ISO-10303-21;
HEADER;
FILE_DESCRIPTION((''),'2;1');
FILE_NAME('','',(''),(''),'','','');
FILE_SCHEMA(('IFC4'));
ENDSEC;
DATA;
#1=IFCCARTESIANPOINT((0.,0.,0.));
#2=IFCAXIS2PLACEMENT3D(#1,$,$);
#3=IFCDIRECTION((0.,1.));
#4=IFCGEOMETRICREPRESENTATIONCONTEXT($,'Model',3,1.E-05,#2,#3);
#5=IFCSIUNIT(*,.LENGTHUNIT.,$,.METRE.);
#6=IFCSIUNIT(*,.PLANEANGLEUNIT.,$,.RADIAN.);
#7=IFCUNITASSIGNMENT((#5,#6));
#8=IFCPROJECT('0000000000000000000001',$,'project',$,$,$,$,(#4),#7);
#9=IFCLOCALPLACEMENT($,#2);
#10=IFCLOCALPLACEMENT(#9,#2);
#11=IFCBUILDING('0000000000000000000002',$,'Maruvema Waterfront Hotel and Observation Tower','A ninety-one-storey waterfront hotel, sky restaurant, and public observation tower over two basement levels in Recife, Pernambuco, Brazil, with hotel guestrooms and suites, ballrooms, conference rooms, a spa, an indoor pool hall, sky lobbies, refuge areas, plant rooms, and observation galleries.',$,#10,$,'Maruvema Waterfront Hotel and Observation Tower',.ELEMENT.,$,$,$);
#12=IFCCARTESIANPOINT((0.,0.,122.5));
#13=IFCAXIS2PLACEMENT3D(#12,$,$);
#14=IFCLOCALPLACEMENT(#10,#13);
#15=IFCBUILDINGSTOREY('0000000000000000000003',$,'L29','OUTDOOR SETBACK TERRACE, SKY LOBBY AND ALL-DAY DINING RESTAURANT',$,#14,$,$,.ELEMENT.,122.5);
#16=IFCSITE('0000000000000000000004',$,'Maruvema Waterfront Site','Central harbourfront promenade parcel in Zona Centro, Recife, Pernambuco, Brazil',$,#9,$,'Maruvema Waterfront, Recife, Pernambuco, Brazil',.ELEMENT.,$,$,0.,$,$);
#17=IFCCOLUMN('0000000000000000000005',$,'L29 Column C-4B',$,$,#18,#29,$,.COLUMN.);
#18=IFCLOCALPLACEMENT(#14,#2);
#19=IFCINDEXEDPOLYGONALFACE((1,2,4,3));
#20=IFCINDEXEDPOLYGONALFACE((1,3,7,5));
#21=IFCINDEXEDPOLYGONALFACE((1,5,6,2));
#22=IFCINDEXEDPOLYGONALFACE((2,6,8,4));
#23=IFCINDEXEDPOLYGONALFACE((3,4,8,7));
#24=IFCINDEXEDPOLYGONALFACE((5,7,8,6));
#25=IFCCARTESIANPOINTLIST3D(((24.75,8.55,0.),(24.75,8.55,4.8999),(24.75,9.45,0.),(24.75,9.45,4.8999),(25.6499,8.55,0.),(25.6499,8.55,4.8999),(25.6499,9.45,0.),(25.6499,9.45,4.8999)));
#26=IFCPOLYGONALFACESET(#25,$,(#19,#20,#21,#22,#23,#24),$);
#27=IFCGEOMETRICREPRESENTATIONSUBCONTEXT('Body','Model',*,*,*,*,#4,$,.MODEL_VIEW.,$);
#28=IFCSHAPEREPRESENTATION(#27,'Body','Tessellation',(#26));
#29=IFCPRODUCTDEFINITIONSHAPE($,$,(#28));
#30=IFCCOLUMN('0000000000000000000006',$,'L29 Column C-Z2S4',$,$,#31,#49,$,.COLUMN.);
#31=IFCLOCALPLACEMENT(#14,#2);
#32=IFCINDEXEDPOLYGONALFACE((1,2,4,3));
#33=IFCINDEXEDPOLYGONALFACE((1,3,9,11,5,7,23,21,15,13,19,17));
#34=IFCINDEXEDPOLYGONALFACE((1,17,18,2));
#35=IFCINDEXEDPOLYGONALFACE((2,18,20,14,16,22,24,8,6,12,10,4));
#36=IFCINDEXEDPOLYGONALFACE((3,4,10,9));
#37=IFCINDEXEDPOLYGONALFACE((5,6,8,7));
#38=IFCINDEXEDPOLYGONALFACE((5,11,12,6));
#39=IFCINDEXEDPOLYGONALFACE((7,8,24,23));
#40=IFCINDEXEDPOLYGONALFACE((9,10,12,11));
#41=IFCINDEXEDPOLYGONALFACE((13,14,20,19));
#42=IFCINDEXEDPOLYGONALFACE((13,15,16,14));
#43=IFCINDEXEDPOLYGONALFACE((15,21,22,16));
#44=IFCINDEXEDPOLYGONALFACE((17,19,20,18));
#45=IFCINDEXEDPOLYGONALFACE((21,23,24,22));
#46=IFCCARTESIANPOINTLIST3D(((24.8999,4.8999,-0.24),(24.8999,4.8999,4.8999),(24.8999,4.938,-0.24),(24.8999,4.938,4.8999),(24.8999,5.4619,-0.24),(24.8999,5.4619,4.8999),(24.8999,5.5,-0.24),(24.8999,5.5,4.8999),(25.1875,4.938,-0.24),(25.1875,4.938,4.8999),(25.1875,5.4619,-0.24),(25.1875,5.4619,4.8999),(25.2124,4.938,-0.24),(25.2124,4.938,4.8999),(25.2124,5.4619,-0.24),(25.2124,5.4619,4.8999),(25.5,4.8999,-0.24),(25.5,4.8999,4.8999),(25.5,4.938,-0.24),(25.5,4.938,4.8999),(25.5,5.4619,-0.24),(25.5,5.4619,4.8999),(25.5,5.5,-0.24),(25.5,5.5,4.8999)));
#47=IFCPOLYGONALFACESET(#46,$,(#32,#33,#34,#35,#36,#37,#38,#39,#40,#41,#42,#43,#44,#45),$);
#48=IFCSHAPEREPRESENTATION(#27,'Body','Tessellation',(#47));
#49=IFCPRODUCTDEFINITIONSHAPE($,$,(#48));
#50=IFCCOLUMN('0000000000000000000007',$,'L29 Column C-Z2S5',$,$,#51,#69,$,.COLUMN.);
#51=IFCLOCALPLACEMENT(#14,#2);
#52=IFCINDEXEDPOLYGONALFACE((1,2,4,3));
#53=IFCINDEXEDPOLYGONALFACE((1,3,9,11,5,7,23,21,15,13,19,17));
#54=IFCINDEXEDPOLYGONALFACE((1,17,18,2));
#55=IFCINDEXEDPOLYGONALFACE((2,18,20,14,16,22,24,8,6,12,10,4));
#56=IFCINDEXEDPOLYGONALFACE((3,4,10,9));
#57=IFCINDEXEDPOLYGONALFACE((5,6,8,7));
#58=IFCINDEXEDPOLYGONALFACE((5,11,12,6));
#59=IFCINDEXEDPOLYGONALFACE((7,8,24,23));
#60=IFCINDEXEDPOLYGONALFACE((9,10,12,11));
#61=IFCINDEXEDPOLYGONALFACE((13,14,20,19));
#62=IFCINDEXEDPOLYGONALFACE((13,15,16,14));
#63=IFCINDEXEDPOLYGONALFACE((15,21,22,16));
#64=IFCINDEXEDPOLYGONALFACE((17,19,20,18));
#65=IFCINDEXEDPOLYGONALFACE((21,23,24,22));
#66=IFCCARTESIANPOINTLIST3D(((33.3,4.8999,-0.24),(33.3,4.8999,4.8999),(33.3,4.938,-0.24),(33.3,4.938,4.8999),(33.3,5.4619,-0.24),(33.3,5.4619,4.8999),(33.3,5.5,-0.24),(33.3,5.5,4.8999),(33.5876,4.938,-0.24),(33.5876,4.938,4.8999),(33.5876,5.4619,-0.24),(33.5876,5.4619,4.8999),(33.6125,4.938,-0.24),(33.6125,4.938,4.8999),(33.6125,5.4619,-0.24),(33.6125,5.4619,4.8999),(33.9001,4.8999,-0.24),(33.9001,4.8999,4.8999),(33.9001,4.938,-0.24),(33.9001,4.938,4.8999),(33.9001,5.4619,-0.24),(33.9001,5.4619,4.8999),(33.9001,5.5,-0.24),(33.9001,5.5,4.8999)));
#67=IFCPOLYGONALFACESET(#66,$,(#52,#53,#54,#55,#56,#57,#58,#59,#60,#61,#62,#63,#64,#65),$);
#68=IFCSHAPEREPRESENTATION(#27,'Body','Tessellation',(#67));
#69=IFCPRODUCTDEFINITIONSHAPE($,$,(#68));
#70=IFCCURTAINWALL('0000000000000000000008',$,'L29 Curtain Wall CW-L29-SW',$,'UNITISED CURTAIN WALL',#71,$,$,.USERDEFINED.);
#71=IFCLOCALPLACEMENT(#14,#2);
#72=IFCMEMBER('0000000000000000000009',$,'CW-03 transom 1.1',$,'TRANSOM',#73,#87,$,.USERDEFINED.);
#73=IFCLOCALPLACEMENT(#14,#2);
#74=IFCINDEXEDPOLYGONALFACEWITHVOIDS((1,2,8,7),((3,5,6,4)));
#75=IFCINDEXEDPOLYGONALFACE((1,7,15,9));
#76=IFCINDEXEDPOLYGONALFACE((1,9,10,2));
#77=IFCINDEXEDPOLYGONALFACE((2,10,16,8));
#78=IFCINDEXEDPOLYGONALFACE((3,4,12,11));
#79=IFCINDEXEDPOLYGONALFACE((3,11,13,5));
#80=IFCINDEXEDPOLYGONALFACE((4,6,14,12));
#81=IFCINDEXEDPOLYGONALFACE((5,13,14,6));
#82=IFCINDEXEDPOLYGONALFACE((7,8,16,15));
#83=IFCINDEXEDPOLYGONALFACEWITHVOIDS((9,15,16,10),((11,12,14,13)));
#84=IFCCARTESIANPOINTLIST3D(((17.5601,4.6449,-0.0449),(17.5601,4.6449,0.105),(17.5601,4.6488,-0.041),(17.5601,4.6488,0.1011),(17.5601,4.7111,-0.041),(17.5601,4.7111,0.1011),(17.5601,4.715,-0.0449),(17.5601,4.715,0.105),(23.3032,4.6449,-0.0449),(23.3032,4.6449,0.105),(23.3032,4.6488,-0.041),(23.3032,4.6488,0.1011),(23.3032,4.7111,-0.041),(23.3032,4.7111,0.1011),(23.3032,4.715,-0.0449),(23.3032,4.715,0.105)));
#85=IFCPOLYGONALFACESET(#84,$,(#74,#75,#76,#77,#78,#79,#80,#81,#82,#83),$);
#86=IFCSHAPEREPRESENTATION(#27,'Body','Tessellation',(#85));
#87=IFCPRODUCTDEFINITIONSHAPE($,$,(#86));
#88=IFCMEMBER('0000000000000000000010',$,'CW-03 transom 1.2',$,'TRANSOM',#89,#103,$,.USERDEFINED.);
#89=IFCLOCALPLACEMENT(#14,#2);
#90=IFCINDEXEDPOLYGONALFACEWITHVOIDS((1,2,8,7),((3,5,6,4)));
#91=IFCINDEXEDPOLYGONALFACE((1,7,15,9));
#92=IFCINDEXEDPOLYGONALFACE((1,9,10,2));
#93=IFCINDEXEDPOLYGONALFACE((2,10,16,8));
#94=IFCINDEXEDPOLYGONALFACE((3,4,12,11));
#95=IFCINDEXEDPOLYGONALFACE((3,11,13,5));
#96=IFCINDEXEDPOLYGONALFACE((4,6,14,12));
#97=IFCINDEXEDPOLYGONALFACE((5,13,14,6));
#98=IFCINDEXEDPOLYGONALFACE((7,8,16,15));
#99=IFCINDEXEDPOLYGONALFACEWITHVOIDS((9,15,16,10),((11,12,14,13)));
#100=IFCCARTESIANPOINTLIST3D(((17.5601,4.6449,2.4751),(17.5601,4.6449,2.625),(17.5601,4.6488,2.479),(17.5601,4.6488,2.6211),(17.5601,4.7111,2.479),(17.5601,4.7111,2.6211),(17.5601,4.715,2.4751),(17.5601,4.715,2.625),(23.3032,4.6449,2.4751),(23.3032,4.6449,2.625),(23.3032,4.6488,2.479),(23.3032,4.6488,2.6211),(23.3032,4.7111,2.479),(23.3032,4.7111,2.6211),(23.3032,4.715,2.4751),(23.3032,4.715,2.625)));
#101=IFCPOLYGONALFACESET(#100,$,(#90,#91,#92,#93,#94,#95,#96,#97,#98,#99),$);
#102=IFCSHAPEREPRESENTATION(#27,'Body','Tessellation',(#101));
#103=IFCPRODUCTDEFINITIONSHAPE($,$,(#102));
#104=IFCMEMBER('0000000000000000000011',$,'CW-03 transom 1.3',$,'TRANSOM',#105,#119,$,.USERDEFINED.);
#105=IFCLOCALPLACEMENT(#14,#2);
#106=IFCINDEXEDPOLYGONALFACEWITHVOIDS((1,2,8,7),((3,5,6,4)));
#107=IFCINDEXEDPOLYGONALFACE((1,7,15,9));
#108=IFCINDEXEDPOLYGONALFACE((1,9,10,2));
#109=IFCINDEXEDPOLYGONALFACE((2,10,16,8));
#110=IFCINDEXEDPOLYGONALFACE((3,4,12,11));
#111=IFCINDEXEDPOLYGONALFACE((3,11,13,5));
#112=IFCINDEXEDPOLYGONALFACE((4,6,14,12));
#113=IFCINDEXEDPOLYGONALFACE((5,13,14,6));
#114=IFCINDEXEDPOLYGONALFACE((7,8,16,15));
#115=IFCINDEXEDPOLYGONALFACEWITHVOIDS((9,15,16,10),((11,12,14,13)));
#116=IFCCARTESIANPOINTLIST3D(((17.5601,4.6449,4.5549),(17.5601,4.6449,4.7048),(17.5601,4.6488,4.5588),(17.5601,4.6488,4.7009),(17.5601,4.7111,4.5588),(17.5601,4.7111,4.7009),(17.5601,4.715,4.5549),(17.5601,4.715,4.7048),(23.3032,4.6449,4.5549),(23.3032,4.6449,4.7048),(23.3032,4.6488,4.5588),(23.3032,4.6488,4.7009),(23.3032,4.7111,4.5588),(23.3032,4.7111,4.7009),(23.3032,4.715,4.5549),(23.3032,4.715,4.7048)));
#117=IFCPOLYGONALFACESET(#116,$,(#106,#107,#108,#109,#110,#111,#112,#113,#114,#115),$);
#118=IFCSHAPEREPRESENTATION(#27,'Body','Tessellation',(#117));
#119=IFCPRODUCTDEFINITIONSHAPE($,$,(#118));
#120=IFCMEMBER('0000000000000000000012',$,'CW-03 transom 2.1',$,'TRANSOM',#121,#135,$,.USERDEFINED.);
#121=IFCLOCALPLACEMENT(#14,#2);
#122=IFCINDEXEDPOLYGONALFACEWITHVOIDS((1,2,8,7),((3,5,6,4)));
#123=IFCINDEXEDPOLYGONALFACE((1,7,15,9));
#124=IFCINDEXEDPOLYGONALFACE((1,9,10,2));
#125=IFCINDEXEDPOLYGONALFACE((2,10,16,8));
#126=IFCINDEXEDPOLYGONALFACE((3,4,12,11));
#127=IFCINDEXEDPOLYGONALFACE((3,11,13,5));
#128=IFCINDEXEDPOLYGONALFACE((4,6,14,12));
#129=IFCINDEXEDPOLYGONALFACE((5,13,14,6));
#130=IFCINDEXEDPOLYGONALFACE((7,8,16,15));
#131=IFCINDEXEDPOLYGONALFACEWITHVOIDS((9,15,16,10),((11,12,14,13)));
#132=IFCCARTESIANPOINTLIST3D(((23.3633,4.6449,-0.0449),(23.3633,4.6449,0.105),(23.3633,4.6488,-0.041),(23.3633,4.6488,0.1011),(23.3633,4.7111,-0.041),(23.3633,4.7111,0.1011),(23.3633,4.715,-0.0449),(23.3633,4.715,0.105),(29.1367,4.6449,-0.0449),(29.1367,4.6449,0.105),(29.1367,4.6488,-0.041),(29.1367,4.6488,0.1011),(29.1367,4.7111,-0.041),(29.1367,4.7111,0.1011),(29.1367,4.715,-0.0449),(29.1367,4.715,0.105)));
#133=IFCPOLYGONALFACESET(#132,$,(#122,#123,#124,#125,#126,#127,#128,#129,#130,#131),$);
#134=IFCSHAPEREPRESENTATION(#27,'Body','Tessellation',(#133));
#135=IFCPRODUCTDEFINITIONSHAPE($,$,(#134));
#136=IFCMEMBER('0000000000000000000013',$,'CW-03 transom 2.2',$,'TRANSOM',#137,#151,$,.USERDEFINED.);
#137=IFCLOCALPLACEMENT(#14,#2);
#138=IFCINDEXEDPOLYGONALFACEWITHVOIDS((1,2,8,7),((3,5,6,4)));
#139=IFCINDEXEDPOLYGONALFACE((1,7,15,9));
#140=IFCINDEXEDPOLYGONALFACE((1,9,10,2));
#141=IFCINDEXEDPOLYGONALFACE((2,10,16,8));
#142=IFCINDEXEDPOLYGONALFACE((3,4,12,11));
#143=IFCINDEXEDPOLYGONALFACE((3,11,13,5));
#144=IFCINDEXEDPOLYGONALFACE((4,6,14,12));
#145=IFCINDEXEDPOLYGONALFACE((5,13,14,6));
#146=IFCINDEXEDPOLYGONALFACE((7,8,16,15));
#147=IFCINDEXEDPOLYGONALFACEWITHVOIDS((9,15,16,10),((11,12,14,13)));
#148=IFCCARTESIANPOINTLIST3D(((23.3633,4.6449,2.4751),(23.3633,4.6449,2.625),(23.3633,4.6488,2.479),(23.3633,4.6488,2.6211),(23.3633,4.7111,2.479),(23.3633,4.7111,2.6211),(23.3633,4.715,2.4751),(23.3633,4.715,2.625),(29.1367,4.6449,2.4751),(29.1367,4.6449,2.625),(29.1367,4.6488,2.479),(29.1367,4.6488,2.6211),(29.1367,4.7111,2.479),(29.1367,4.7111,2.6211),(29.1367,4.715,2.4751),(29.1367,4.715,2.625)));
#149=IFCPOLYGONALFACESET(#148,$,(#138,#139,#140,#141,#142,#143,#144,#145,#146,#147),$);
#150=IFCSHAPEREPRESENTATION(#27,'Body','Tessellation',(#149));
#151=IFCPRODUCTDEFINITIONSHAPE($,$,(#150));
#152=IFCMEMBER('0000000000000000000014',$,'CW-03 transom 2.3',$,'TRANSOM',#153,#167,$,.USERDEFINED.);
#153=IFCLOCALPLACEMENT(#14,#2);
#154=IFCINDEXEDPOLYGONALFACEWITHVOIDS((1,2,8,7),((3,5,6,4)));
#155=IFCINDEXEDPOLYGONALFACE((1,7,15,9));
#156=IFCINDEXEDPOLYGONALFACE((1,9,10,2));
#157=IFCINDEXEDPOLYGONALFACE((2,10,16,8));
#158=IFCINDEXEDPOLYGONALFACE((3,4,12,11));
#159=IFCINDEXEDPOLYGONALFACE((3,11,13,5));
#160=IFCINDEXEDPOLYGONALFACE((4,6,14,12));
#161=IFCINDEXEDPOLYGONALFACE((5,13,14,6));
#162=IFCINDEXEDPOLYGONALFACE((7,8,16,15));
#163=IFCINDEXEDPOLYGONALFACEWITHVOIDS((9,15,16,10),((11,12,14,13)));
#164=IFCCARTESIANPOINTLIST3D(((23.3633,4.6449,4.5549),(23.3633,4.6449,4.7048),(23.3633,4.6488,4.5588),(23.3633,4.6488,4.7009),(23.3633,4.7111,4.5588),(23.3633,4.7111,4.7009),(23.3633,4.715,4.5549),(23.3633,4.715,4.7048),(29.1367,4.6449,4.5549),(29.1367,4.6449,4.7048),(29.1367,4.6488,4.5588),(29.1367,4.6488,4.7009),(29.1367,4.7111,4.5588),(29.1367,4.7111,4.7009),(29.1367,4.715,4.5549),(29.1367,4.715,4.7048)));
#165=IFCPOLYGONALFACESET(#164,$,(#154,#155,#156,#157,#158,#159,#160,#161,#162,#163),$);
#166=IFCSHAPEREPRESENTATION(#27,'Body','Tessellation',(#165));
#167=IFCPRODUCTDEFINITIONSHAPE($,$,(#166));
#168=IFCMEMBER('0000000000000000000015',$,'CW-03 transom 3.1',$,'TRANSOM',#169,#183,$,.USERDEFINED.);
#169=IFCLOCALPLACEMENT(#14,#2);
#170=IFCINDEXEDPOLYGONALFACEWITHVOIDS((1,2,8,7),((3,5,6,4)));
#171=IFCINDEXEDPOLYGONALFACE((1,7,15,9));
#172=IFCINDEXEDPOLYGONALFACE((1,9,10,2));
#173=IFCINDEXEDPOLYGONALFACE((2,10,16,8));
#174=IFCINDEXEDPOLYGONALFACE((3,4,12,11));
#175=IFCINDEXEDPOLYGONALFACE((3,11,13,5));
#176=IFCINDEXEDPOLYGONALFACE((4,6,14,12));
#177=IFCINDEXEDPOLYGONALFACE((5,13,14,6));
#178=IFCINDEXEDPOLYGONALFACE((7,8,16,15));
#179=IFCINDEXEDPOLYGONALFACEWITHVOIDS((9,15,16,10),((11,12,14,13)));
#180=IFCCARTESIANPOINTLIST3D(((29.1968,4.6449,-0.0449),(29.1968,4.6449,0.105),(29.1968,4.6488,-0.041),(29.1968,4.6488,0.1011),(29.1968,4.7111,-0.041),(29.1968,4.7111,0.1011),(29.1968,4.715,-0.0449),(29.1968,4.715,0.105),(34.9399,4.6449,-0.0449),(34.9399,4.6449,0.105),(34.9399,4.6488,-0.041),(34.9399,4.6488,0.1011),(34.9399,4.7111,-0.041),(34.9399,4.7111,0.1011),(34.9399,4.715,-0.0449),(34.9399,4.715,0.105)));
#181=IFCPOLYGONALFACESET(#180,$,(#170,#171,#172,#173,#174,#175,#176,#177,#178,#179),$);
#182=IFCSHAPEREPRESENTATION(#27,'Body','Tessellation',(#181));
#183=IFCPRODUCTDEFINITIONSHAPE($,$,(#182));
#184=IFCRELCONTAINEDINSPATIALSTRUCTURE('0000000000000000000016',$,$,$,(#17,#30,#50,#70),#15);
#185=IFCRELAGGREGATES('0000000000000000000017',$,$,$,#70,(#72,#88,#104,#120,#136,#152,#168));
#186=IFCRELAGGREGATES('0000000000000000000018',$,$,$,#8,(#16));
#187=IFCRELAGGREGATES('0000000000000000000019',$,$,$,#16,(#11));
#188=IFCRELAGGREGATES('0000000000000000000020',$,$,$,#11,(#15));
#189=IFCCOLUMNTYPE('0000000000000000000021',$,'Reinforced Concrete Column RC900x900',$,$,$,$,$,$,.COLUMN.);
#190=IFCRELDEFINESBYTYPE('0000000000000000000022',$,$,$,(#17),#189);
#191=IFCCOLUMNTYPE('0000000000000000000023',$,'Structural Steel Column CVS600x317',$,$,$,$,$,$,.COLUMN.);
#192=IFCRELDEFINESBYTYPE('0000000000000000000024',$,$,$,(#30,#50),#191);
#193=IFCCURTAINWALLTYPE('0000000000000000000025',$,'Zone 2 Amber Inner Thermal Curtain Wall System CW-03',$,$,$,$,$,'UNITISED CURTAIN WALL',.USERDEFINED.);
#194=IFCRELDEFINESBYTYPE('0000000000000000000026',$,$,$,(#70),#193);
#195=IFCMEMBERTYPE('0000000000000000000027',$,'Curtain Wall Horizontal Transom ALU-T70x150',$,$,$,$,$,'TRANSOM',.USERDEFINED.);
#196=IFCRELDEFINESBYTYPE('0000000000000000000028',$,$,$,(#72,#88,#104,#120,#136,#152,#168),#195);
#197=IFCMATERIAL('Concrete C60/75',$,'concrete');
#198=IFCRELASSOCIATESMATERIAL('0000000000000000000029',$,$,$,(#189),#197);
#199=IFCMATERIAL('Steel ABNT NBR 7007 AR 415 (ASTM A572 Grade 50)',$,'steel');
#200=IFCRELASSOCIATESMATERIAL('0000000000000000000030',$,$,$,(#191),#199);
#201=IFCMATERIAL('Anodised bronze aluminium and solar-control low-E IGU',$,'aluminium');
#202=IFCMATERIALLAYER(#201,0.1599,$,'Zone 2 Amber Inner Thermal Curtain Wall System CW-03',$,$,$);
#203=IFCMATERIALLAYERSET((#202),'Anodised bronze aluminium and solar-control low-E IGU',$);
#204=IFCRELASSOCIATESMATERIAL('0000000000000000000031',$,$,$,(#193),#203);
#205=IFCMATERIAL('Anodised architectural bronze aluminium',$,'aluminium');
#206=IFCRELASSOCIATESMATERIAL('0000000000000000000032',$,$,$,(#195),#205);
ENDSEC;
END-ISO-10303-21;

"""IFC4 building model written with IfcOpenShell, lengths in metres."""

from ifc_helpers import new_model, si_unit, direction, frame, origin, origin_2d, place, context, subcontext, project, spatial, rectangle, hollow_rectangle, i_section, extrude, material, layer, layer_set, material_profile, profile_set, type_object, element, aggregate, save


model = new_model("IFC4")

# Units and contexts
model_context = context("Model", 3, precision=1e-05, world=origin(), true_north=direction((0.0, 1.0)))
body_context = subcontext(model_context, "Body", "Model", "MODEL_VIEW")
ifc_project = project(units=[si_unit("LENGTHUNIT", "METRE"), si_unit("PLANEANGLEUNIT", "RADIAN")], contexts=[model_context])

# Site, building, storey
site_placement = place(None, origin())
site = spatial("IfcSite", under=ifc_project, at=site_placement, Name="Maruvema Waterfront Site", Description="Central harbourfront promenade parcel in Zona Centro, Recife, Pernambuco, Brazil", LongName="Maruvema Waterfront, Recife, Pernambuco, Brazil", CompositionType="ELEMENT", RefElevation=0.0)
building_placement = place(site_placement, origin())
building = spatial("IfcBuilding", under=site, at=building_placement, Name="Maruvema Waterfront Hotel and Observation Tower", Description="A ninety-one-storey waterfront hotel, sky restaurant, and public observation tower over two basement levels in Recife, Pernambuco, Brazil, with hotel guestrooms and suites, ballrooms, conference rooms, a spa, an indoor pool hall, sky lobbies, refuge areas, plant rooms, and observation galleries.", LongName="Maruvema Waterfront Hotel and Observation Tower", CompositionType="ELEMENT")
storey_placement = place(building_placement, frame((0.0, 0.0, 122.5)))
storey = spatial("IfcBuildingStorey", under=building, at=storey_placement, Name="L29", Description="OUTDOOR SETBACK TERRACE, SKY LOBBY AND ALL-DAY DINING RESTAURANT", CompositionType="ELEMENT", Elevation=122.5)

# Columns
ifc_material_1 = material(Name="Concrete C60/75", Category="concrete")
ifc_material_profile_1 = material_profile(ifc_material_1, rectangle(XDim=0.8999, YDim=0.8999, at=origin_2d()), Name="RC900x900")
ifc_profile_set_1 = profile_set([ifc_material_profile_1], Name="Concrete C60/75")
column_type_1 = type_object("IfcColumnType", Name="Reinforced Concrete Column RC900x900", PredefinedType="COLUMN", material=ifc_profile_set_1)
column_placement = place(storey_placement, frame((25.2, 9.0, 0.0), z_axis=(0.0, 0.0, 1.0), x_axis=(1.0, 0.0, 0.0)))
element("IfcColumn", 1, at=column_placement, inside=storey, type_object=column_type_1, Name="L29 Column C-4B", PredefinedType="COLUMN", context=body_context, shape_type="SweptSolid", body=[
    extrude(rectangle(XDim=0.8999, YDim=0.8999, at=origin_2d()), origin(), (0.0, 0.0, 1.0), 4.8999),
])
ifc_material_2 = material(Name="Steel ABNT NBR 7007 AR 415 (ASTM A572 Grade 50)", Category="steel")
ifc_material_profile_2 = material_profile(ifc_material_2, i_section(OverallWidth=0.6001, OverallDepth=0.6001, WebThickness=0.0249, FlangeThickness=0.0381, at=origin_2d()), Name="CVS600x317")
ifc_profile_set_2 = profile_set([ifc_material_profile_2], Name="Steel ABNT NBR 7007 AR 415 (ASTM A572 Grade 50)")
column_type_2 = type_object("IfcColumnType", Name="Structural Steel Column CVS600x317", PredefinedType="COLUMN", material=ifc_profile_set_2)
for number, where, z_axis, x_axis, name in (
    (2, (25.2, 5.2, -0.24), (0.0, 0.0, 1.0), (1.0, 0.0, 0.0), "L29 Column C-Z2S4"),
    (3, (33.6001, 5.2, -0.24), (0.0, 0.0, 1.0), (1.0, 0.0, 0.0), "L29 Column C-Z2S5"),
):
    element("IfcColumn", number, at=place(storey_placement, frame(where, z_axis=z_axis, x_axis=x_axis)), inside=storey, type_object=column_type_2, Name=name, PredefinedType="COLUMN", context=body_context, shape_type="SweptSolid", body=[
        extrude(i_section(OverallWidth=0.6001, OverallDepth=0.6001, WebThickness=0.0249, FlangeThickness=0.0381, at=origin_2d()), origin(), (0.0, 0.0, 1.0), 5.1399),
    ])

# Curtain wall, members
ifc_material_3 = material(Name="Anodised bronze aluminium and solar-control low-E IGU", Category="aluminium")
ifc_layer_1 = layer(ifc_material_3, 0.1599, Name="Zone 2 Amber Inner Thermal Curtain Wall System CW-03")
ifc_layer_set_1 = layer_set([ifc_layer_1], Name="Anodised bronze aluminium and solar-control low-E IGU")
curtain_wall_type = type_object("IfcCurtainWallType", Name="Zone 2 Amber Inner Thermal Curtain Wall System CW-03", ElementType="UNITISED CURTAIN WALL", PredefinedType="USERDEFINED", material=ifc_layer_set_1)
curtain_wall_placement = place(storey_placement, origin())
curtain_wall = element("IfcCurtainWall", 4, at=curtain_wall_placement, inside=storey, type_object=curtain_wall_type, Name="L29 Curtain Wall CW-L29-SW", ObjectType="UNITISED CURTAIN WALL", PredefinedType="USERDEFINED")
ifc_material_4 = material(Name="Anodised architectural bronze aluminium", Category="aluminium")
ifc_material_profile_3 = material_profile(ifc_material_4, hollow_rectangle(XDim=0.0701, YDim=0.1499, WallThickness=0.0039, at=origin_2d()), Name="ALU-T70x150")
ifc_profile_set_3 = profile_set([ifc_material_profile_3], Name="Anodised architectural bronze aluminium")
member_type_1 = type_object("IfcMemberType", Name="Curtain Wall Horizontal Transom ALU-T70x150", ElementType="TRANSOM", PredefinedType="USERDEFINED", material=ifc_profile_set_3)
member_1_placement = place(storey_placement, frame((17.5601, 4.6799, 0.03), z_axis=(1.0, 0.0, 0.0), x_axis=(0.0, 1.0, 0.0)))
member_1 = element("IfcMember", 5, at=member_1_placement, type_object=member_type_1, Name="CW-03 transom 1.1", ObjectType="TRANSOM", PredefinedType="USERDEFINED", context=body_context, shape_type="SweptSolid", body=[
    extrude(hollow_rectangle(XDim=0.0701, YDim=0.1499, WallThickness=0.0039, at=origin_2d()), origin(), (0.0, 0.0, 1.0), 5.7432),
])
member_2_placement = place(storey_placement, frame((17.5601, 4.6799, 2.55), z_axis=(1.0, 0.0, 0.0), x_axis=(0.0, 1.0, 0.0)))
member_2 = element("IfcMember", 6, at=member_2_placement, type_object=member_type_1, Name="CW-03 transom 1.2", ObjectType="TRANSOM", PredefinedType="USERDEFINED", context=body_context, shape_type="SweptSolid", body=[
    extrude(hollow_rectangle(XDim=0.0701, YDim=0.1499, WallThickness=0.0039, at=origin_2d()), origin(), (0.0, 0.0, 1.0), 5.7432),
])
member_3_placement = place(storey_placement, frame((17.5601, 4.6799, 4.6299), z_axis=(1.0, 0.0, 0.0), x_axis=(0.0, 1.0, 0.0)))
member_3 = element("IfcMember", 7, at=member_3_placement, type_object=member_type_1, Name="CW-03 transom 1.3", ObjectType="TRANSOM", PredefinedType="USERDEFINED", context=body_context, shape_type="SweptSolid", body=[
    extrude(hollow_rectangle(XDim=0.0701, YDim=0.1499, WallThickness=0.0039, at=origin_2d()), origin(), (0.0, 0.0, 1.0), 5.7432),
])
member_4_placement = place(storey_placement, frame((23.3633, 4.6799, 0.03), z_axis=(1.0, 0.0, 0.0), x_axis=(0.0, 1.0, 0.0)))
member_4 = element("IfcMember", 8, at=member_4_placement, type_object=member_type_1, Name="CW-03 transom 2.1", ObjectType="TRANSOM", PredefinedType="USERDEFINED", context=body_context, shape_type="SweptSolid", body=[
    extrude(hollow_rectangle(XDim=0.0701, YDim=0.1499, WallThickness=0.0039, at=origin_2d()), origin(), (0.0, 0.0, 1.0), 5.7734),
])
member_5_placement = place(storey_placement, frame((23.3633, 4.6799, 2.55), z_axis=(1.0, 0.0, 0.0), x_axis=(0.0, 1.0, 0.0)))
member_5 = element("IfcMember", 9, at=member_5_placement, type_object=member_type_1, Name="CW-03 transom 2.2", ObjectType="TRANSOM", PredefinedType="USERDEFINED", context=body_context, shape_type="SweptSolid", body=[
    extrude(hollow_rectangle(XDim=0.0701, YDim=0.1499, WallThickness=0.0039, at=origin_2d()), origin(), (0.0, 0.0, 1.0), 5.7734),
])
member_6_placement = place(storey_placement, frame((23.3633, 4.6799, 4.6299), z_axis=(1.0, 0.0, 0.0), x_axis=(0.0, 1.0, 0.0)))
member_6 = element("IfcMember", 10, at=member_6_placement, type_object=member_type_1, Name="CW-03 transom 2.3", ObjectType="TRANSOM", PredefinedType="USERDEFINED", context=body_context, shape_type="SweptSolid", body=[
    extrude(hollow_rectangle(XDim=0.0701, YDim=0.1499, WallThickness=0.0039, at=origin_2d()), origin(), (0.0, 0.0, 1.0), 5.7734),
])
member_7_placement = place(storey_placement, frame((29.1968, 4.6799, 0.03), z_axis=(1.0, 0.0, 0.0), x_axis=(0.0, 1.0, 0.0)))
member_7 = element("IfcMember", 11, at=member_7_placement, type_object=member_type_1, Name="CW-03 transom 3.1", ObjectType="TRANSOM", PredefinedType="USERDEFINED", context=body_context, shape_type="SweptSolid", body=[
    extrude(hollow_rectangle(XDim=0.0701, YDim=0.1499, WallThickness=0.0039, at=origin_2d()), origin(), (0.0, 0.0, 1.0), 5.7432),
])
aggregate(curtain_wall, [member_1, member_2, member_3, member_4, member_5, member_6, member_7])

save(model, "model.ifc")
